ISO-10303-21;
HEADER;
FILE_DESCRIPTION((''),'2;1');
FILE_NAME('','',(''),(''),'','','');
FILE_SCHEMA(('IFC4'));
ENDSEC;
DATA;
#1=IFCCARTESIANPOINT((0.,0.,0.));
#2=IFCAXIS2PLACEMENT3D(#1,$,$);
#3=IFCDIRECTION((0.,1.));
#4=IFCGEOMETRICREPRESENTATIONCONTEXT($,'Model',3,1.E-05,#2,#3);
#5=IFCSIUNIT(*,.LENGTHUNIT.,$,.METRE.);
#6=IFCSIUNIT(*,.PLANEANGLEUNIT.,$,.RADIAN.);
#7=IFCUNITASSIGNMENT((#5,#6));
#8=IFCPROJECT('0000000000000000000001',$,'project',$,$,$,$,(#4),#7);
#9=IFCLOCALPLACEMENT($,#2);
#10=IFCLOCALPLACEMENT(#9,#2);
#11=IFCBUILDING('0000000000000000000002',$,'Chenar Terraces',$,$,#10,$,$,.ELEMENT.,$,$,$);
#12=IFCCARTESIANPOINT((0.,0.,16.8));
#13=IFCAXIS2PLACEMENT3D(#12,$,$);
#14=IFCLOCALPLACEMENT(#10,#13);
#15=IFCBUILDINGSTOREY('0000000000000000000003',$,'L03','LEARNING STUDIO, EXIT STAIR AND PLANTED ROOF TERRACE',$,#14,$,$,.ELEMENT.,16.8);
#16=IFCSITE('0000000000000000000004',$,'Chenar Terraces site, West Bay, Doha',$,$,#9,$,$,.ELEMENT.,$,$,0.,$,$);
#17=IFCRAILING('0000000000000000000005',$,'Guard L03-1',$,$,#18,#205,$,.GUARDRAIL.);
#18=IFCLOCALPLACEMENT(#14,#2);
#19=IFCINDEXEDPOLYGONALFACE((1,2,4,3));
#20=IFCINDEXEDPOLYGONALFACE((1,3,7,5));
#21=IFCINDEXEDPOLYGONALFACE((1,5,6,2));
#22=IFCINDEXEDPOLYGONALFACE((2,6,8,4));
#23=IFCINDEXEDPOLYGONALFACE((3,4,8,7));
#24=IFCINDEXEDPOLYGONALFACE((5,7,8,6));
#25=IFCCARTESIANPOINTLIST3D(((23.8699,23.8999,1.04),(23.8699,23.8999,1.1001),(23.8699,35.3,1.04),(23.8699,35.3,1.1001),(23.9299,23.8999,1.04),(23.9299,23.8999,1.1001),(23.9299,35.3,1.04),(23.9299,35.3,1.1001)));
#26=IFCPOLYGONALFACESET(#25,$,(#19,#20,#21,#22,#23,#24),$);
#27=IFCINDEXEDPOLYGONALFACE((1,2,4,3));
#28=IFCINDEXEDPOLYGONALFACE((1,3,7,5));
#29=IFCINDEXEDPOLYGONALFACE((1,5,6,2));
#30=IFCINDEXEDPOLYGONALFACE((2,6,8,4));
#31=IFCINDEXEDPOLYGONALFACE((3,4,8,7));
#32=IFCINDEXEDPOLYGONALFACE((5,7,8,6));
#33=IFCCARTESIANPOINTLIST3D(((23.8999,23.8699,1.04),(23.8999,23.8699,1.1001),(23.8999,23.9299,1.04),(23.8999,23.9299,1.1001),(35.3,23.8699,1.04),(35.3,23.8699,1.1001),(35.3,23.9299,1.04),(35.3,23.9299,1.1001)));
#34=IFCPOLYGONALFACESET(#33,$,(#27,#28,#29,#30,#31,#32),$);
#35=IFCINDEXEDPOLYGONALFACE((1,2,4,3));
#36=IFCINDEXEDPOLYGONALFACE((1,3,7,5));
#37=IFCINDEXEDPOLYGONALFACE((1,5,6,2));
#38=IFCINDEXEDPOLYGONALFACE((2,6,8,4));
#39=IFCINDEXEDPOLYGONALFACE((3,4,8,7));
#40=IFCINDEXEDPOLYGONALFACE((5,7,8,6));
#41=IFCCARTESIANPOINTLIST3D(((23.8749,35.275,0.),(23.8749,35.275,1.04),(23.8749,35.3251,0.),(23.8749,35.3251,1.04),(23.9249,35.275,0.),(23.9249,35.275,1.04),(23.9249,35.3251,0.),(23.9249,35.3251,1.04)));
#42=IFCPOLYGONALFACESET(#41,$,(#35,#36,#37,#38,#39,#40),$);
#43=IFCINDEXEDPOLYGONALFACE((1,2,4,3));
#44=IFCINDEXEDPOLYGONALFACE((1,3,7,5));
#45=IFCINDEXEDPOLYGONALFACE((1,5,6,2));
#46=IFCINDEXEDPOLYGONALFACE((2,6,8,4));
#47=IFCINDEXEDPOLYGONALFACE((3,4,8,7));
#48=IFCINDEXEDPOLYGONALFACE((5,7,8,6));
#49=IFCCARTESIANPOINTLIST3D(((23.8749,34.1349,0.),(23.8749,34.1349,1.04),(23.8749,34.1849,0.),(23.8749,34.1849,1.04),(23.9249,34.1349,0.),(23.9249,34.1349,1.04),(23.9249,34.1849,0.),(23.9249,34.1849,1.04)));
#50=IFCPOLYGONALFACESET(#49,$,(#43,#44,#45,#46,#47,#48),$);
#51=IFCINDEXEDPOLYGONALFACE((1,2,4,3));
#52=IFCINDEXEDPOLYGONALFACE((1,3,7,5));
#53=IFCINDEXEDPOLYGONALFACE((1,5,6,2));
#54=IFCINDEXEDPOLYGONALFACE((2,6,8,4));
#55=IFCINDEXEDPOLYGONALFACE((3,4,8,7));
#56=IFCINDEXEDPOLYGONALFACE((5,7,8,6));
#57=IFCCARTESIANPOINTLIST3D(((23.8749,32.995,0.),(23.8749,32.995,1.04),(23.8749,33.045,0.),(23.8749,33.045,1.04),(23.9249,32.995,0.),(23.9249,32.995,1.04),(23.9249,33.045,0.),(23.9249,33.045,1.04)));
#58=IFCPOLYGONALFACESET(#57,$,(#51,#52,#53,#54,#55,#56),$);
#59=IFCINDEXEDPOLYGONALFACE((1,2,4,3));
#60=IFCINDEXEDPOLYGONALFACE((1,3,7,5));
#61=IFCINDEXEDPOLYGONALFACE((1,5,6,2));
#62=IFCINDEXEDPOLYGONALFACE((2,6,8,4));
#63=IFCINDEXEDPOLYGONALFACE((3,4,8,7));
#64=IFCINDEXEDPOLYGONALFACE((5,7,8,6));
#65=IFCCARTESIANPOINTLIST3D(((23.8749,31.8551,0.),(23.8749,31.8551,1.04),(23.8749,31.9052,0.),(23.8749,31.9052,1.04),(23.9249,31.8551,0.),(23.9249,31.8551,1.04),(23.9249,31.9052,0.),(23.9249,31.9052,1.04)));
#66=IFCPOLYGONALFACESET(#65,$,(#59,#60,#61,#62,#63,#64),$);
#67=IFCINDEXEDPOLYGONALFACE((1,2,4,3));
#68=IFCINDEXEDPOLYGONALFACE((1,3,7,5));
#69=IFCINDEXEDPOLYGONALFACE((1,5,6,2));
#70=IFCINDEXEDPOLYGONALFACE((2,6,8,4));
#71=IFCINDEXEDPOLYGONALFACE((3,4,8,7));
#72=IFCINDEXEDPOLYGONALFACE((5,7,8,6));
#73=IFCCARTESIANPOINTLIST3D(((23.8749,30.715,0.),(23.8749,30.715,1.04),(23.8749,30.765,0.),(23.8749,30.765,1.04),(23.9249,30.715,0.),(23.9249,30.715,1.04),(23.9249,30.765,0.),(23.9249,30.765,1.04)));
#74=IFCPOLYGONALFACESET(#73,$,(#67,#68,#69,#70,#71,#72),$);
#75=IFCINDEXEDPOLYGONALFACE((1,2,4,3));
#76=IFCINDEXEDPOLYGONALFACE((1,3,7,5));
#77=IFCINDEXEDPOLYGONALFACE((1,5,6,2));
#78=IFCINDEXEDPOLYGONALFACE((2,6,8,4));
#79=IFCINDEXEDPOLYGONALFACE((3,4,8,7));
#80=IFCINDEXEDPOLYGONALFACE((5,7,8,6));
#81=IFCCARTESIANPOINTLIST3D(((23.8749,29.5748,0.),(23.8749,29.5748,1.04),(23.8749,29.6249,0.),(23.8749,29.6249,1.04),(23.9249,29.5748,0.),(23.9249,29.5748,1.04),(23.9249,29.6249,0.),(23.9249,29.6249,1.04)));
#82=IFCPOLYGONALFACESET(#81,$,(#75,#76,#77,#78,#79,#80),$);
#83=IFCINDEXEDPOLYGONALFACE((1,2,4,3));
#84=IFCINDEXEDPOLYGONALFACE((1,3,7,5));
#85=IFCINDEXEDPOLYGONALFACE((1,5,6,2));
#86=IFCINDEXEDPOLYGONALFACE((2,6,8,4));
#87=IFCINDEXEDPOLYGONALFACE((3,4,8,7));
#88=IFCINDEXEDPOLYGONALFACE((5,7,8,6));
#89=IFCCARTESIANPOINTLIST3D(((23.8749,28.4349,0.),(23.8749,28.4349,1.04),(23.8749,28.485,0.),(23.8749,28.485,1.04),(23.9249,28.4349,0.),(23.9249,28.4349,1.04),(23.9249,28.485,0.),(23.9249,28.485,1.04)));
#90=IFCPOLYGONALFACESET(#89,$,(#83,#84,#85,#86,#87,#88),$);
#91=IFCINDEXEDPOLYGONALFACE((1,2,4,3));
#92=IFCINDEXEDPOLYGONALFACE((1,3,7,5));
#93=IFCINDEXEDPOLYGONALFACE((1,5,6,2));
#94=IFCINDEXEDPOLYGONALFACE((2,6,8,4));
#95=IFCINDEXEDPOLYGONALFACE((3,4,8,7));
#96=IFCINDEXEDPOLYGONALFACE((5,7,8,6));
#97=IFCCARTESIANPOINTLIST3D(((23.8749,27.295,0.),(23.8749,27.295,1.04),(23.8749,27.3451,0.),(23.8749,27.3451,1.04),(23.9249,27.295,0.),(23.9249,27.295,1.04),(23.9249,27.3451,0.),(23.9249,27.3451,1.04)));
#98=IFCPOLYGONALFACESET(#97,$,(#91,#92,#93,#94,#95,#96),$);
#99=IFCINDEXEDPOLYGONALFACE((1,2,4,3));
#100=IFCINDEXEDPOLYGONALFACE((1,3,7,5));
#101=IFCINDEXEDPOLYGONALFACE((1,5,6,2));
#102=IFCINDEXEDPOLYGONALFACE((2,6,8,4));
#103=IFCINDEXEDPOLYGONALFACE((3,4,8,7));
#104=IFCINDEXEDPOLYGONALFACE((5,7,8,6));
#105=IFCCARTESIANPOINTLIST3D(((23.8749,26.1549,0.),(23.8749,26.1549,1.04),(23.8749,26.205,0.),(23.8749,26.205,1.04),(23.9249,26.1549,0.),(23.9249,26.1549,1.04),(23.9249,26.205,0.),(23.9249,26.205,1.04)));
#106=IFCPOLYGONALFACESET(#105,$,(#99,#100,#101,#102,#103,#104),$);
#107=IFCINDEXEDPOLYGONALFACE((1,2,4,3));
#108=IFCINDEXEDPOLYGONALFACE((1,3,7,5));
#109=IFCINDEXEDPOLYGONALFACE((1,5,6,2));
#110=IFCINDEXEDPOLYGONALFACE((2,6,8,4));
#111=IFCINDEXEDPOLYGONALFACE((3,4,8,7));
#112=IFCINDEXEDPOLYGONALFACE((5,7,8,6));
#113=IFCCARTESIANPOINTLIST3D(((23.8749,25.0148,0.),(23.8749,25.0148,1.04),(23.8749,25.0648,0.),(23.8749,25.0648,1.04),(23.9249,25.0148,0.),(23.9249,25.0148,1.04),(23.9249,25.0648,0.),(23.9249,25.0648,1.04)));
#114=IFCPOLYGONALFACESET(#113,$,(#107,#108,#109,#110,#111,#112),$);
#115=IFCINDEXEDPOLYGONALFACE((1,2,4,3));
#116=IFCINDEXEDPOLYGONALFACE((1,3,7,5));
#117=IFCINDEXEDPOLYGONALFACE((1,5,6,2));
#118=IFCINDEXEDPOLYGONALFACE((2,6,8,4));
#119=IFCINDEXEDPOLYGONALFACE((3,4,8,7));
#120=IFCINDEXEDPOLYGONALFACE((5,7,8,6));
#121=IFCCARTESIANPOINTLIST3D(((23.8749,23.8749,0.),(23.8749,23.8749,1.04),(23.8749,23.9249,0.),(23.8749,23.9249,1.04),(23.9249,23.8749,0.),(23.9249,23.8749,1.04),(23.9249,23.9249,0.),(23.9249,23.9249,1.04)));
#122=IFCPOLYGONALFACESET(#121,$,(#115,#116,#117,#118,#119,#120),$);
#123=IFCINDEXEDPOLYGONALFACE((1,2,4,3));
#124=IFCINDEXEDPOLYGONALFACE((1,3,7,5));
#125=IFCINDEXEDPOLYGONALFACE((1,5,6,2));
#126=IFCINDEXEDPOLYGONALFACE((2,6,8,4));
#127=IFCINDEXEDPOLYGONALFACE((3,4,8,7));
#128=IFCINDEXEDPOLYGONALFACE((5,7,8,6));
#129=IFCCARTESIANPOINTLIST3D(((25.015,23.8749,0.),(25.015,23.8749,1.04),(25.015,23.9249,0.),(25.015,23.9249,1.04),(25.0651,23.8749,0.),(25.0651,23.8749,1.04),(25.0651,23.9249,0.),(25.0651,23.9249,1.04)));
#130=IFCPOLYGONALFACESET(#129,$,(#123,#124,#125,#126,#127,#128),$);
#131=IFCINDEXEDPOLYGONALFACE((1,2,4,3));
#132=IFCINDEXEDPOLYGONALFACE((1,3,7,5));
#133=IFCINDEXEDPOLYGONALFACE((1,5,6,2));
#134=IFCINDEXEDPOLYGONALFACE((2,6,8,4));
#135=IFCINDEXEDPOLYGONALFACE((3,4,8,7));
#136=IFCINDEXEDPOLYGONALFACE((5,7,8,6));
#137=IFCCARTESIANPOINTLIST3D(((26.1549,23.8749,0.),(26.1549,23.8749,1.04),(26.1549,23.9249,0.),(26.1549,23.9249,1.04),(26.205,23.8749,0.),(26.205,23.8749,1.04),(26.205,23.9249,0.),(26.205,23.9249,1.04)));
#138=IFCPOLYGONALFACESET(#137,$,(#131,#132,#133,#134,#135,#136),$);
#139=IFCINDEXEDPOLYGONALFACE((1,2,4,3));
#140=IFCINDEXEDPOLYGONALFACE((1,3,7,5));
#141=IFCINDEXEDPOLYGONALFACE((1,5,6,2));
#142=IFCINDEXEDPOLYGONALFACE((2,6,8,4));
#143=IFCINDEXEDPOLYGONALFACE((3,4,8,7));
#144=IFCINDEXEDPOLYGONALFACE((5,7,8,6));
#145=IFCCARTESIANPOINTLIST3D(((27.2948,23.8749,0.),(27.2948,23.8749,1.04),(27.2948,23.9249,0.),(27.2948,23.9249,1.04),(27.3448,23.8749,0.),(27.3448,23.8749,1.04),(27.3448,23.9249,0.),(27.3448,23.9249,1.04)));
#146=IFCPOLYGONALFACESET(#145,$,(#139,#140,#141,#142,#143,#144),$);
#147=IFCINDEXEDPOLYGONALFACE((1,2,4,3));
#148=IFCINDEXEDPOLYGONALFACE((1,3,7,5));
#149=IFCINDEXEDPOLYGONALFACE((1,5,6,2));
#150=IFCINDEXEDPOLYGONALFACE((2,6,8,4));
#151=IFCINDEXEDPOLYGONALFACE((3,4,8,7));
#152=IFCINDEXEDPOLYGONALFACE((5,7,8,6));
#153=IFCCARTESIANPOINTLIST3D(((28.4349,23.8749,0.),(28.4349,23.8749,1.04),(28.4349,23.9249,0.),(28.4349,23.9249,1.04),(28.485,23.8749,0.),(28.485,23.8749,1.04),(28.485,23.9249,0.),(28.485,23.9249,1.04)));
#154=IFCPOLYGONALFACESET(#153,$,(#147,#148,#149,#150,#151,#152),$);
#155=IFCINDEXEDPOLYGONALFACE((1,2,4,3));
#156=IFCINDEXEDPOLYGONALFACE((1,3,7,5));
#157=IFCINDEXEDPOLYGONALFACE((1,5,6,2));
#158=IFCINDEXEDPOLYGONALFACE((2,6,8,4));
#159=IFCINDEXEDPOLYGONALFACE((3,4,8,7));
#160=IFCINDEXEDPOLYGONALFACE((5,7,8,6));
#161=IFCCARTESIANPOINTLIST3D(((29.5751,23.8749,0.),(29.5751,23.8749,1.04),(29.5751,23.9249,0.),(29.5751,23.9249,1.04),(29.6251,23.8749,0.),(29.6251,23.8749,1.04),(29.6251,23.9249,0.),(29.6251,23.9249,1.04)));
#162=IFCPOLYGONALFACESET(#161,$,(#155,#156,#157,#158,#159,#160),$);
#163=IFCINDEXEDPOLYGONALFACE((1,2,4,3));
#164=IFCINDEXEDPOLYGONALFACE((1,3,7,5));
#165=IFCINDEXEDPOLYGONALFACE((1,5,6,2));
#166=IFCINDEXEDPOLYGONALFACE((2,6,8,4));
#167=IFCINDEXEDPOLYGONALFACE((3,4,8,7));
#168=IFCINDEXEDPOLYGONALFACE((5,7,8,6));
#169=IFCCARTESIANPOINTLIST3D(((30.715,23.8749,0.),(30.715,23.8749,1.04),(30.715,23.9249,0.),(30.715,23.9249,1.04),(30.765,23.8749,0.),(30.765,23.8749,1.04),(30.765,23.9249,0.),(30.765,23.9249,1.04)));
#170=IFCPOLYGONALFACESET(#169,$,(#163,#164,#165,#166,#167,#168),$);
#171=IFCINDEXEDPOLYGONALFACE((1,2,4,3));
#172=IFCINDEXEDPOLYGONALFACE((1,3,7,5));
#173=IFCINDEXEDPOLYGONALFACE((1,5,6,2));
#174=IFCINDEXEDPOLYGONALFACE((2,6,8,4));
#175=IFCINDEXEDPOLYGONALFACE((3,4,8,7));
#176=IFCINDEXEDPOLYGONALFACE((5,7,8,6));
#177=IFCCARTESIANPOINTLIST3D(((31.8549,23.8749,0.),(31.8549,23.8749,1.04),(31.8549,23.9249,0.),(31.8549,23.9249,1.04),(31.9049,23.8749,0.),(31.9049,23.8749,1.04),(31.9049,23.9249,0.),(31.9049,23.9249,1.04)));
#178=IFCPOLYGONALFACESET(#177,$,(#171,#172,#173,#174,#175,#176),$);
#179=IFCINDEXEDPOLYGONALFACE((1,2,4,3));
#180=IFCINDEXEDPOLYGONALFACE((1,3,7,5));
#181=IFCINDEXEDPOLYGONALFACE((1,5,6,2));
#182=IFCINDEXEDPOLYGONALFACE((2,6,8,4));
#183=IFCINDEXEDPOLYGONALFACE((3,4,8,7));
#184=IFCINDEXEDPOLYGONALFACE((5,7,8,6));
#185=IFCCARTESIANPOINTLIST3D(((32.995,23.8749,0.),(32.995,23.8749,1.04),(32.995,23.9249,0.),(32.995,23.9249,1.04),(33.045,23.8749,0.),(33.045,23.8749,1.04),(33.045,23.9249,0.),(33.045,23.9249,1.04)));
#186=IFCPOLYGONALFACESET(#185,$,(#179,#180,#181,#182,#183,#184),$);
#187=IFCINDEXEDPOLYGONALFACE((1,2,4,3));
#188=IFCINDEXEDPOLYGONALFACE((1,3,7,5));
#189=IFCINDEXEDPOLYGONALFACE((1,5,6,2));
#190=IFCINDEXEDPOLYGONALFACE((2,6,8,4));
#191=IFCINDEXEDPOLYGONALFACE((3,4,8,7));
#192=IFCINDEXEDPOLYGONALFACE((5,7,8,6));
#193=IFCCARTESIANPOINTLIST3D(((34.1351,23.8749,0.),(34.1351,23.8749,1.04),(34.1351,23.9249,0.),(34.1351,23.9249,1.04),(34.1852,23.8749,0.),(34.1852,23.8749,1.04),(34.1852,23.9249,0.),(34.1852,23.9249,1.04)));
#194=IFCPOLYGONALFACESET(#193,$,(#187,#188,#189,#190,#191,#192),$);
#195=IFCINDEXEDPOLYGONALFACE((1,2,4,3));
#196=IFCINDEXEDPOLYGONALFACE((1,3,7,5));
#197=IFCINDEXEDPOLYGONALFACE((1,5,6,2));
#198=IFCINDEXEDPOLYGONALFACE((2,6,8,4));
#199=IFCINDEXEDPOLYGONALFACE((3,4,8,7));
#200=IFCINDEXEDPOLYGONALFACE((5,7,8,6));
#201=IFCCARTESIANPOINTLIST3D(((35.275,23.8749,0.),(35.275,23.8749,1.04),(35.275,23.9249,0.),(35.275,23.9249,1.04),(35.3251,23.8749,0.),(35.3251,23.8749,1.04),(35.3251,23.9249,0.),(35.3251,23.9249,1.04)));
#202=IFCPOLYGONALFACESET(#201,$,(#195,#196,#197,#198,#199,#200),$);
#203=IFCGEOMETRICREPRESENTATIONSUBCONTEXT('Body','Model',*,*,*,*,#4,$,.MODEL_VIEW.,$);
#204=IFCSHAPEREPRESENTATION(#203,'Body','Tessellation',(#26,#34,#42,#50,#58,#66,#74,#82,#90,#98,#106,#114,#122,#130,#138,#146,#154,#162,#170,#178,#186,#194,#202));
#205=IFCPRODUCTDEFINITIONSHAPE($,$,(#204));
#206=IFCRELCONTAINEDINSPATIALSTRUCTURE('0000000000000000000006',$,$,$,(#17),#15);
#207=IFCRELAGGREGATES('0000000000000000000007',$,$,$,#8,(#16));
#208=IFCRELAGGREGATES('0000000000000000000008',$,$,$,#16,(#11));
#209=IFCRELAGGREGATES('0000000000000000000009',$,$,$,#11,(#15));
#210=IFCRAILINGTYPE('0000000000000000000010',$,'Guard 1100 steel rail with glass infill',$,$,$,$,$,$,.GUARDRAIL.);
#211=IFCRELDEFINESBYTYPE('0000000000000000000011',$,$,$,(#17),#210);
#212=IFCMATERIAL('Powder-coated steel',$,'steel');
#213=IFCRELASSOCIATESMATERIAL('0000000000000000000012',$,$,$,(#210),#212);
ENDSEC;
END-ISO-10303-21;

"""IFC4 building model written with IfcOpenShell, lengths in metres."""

from ifc_helpers import new_model, si_unit, direction, frame, origin, origin_2d, place, context, subcontext, project, spatial, rectangle, extrude, material, type_object, element, save


model = new_model("IFC4")

# Units and contexts
model_context = context("Model", 3, precision=1e-05, world=origin(), true_north=direction((0.0, 1.0)))
body_context = subcontext(model_context, "Body", "Model", "MODEL_VIEW")
ifc_project = project(units=[si_unit("LENGTHUNIT", "METRE"), si_unit("PLANEANGLEUNIT", "RADIAN")], contexts=[model_context])

# Site, building, storey
site_placement = place(None, origin())
site = spatial("IfcSite", under=ifc_project, at=site_placement, Name="Chenar Terraces site, West Bay, Doha", CompositionType="ELEMENT", RefElevation=0.0)
building_placement = place(site_placement, origin())
building = spatial("IfcBuilding", under=site, at=building_placement, Name="Chenar Terraces", CompositionType="ELEMENT")
storey_placement = place(building_placement, frame((0.0, 0.0, 16.8)))
storey = spatial("IfcBuildingStorey", under=building, at=storey_placement, Name="L03", Description="LEARNING STUDIO, EXIT STAIR AND PLANTED ROOF TERRACE", CompositionType="ELEMENT", Elevation=16.8)

# Railing
ifc_material_1 = material(Name="Powder-coated steel", Category="steel")
railing_type_1 = type_object("IfcRailingType", Name="Guard 1100 steel rail with glass infill", PredefinedType="GUARDRAIL", material=ifc_material_1)
railing_1_placement = place(storey_placement, frame((23.8999, 35.3, 0.0)))
element("IfcRailing", 1, at=railing_1_placement, inside=storey, type_object=railing_type_1, Name="Guard L03-1", PredefinedType="GUARDRAIL", context=body_context, shape_type="SweptSolid", body=[
    extrude(rectangle(XDim=0.0601, YDim=0.0601, at=origin_2d()), frame((0.0, 0.0, 1.0701), z_axis=(0.0, -1.0, 0.0), x_axis=(1.0, 0.0, 0.0)), (0.0, 0.0, 1.0), 11.4001),
    extrude(rectangle(XDim=0.0601, YDim=0.0601, at=origin_2d()), frame((0.0, -11.4001, 1.0701), z_axis=(1.0, 0.0, 0.0), x_axis=(0.0, 1.0, 0.0)), (0.0, 0.0, 1.0), 11.4001),
    extrude(rectangle(XDim=0.05, YDim=0.05, at=origin_2d()), origin(), (0.0, 0.0, 1.0), 1.04),
    extrude(rectangle(XDim=0.05, YDim=0.05, at=origin_2d()), frame((0.0, -1.1401, 0.0)), (0.0, 0.0, 1.0), 1.04),
    extrude(rectangle(XDim=0.05, YDim=0.05, at=origin_2d()), frame((0.0, -2.28, 0.0)), (0.0, 0.0, 1.0), 1.04),
    extrude(rectangle(XDim=0.05, YDim=0.05, at=origin_2d()), frame((0.0, -3.4199, 0.0)), (0.0, 0.0, 1.0), 1.04),
    extrude(rectangle(XDim=0.05, YDim=0.05, at=origin_2d()), frame((0.0, -4.5601, 0.0)), (0.0, 0.0, 1.0), 1.04),
    extrude(rectangle(XDim=0.05, YDim=0.05, at=origin_2d()), frame((0.0, -5.7002, 0.0)), (0.0, 0.0, 1.0), 1.04),
    extrude(rectangle(XDim=0.05, YDim=0.05, at=origin_2d()), frame((0.0, -6.8401, 0.0)), (0.0, 0.0, 1.0), 1.04),
    extrude(rectangle(XDim=0.05, YDim=0.05, at=origin_2d()), frame((0.0, -7.98, 0.0)), (0.0, 0.0, 1.0), 1.04),
    extrude(rectangle(XDim=0.05, YDim=0.05, at=origin_2d()), frame((0.0, -9.1201, 0.0)), (0.0, 0.0, 1.0), 1.04),
    extrude(rectangle(XDim=0.05, YDim=0.05, at=origin_2d()), frame((0.0, -10.2603, 0.0)), (0.0, 0.0, 1.0), 1.04),
    extrude(rectangle(XDim=0.05, YDim=0.05, at=origin_2d()), frame((0.0, -11.4001, 0.0)), (0.0, 0.0, 1.0), 1.04),
    extrude(rectangle(XDim=0.05, YDim=0.05, at=origin_2d()), frame((1.1401, -11.4001, 0.0)), (0.0, 0.0, 1.0), 1.04),
    extrude(rectangle(XDim=0.05, YDim=0.05, at=origin_2d()), frame((2.28, -11.4001, 0.0)), (0.0, 0.0, 1.0), 1.04),
    extrude(rectangle(XDim=0.05, YDim=0.05, at=origin_2d()), frame((3.4199, -11.4001, 0.0)), (0.0, 0.0, 1.0), 1.04),
    extrude(rectangle(XDim=0.05, YDim=0.05, at=origin_2d()), frame((4.5601, -11.4001, 0.0)), (0.0, 0.0, 1.0), 1.04),
    extrude(rectangle(XDim=0.05, YDim=0.05, at=origin_2d()), frame((5.7002, -11.4001, 0.0)), (0.0, 0.0, 1.0), 1.04),
    extrude(rectangle(XDim=0.05, YDim=0.05, at=origin_2d()), frame((6.8401, -11.4001, 0.0)), (0.0, 0.0, 1.0), 1.04),
    extrude(rectangle(XDim=0.05, YDim=0.05, at=origin_2d()), frame((7.98, -11.4001, 0.0)), (0.0, 0.0, 1.0), 1.04),
    extrude(rectangle(XDim=0.05, YDim=0.05, at=origin_2d()), frame((9.1201, -11.4001, 0.0)), (0.0, 0.0, 1.0), 1.04),
    extrude(rectangle(XDim=0.05, YDim=0.05, at=origin_2d()), frame((10.2603, -11.4001, 0.0)), (0.0, 0.0, 1.0), 1.04),
    extrude(rectangle(XDim=0.05, YDim=0.05, at=origin_2d()), frame((11.4001, -11.4001, 0.0)), (0.0, 0.0, 1.0), 1.04),
])

save(model, "model.ifc")
